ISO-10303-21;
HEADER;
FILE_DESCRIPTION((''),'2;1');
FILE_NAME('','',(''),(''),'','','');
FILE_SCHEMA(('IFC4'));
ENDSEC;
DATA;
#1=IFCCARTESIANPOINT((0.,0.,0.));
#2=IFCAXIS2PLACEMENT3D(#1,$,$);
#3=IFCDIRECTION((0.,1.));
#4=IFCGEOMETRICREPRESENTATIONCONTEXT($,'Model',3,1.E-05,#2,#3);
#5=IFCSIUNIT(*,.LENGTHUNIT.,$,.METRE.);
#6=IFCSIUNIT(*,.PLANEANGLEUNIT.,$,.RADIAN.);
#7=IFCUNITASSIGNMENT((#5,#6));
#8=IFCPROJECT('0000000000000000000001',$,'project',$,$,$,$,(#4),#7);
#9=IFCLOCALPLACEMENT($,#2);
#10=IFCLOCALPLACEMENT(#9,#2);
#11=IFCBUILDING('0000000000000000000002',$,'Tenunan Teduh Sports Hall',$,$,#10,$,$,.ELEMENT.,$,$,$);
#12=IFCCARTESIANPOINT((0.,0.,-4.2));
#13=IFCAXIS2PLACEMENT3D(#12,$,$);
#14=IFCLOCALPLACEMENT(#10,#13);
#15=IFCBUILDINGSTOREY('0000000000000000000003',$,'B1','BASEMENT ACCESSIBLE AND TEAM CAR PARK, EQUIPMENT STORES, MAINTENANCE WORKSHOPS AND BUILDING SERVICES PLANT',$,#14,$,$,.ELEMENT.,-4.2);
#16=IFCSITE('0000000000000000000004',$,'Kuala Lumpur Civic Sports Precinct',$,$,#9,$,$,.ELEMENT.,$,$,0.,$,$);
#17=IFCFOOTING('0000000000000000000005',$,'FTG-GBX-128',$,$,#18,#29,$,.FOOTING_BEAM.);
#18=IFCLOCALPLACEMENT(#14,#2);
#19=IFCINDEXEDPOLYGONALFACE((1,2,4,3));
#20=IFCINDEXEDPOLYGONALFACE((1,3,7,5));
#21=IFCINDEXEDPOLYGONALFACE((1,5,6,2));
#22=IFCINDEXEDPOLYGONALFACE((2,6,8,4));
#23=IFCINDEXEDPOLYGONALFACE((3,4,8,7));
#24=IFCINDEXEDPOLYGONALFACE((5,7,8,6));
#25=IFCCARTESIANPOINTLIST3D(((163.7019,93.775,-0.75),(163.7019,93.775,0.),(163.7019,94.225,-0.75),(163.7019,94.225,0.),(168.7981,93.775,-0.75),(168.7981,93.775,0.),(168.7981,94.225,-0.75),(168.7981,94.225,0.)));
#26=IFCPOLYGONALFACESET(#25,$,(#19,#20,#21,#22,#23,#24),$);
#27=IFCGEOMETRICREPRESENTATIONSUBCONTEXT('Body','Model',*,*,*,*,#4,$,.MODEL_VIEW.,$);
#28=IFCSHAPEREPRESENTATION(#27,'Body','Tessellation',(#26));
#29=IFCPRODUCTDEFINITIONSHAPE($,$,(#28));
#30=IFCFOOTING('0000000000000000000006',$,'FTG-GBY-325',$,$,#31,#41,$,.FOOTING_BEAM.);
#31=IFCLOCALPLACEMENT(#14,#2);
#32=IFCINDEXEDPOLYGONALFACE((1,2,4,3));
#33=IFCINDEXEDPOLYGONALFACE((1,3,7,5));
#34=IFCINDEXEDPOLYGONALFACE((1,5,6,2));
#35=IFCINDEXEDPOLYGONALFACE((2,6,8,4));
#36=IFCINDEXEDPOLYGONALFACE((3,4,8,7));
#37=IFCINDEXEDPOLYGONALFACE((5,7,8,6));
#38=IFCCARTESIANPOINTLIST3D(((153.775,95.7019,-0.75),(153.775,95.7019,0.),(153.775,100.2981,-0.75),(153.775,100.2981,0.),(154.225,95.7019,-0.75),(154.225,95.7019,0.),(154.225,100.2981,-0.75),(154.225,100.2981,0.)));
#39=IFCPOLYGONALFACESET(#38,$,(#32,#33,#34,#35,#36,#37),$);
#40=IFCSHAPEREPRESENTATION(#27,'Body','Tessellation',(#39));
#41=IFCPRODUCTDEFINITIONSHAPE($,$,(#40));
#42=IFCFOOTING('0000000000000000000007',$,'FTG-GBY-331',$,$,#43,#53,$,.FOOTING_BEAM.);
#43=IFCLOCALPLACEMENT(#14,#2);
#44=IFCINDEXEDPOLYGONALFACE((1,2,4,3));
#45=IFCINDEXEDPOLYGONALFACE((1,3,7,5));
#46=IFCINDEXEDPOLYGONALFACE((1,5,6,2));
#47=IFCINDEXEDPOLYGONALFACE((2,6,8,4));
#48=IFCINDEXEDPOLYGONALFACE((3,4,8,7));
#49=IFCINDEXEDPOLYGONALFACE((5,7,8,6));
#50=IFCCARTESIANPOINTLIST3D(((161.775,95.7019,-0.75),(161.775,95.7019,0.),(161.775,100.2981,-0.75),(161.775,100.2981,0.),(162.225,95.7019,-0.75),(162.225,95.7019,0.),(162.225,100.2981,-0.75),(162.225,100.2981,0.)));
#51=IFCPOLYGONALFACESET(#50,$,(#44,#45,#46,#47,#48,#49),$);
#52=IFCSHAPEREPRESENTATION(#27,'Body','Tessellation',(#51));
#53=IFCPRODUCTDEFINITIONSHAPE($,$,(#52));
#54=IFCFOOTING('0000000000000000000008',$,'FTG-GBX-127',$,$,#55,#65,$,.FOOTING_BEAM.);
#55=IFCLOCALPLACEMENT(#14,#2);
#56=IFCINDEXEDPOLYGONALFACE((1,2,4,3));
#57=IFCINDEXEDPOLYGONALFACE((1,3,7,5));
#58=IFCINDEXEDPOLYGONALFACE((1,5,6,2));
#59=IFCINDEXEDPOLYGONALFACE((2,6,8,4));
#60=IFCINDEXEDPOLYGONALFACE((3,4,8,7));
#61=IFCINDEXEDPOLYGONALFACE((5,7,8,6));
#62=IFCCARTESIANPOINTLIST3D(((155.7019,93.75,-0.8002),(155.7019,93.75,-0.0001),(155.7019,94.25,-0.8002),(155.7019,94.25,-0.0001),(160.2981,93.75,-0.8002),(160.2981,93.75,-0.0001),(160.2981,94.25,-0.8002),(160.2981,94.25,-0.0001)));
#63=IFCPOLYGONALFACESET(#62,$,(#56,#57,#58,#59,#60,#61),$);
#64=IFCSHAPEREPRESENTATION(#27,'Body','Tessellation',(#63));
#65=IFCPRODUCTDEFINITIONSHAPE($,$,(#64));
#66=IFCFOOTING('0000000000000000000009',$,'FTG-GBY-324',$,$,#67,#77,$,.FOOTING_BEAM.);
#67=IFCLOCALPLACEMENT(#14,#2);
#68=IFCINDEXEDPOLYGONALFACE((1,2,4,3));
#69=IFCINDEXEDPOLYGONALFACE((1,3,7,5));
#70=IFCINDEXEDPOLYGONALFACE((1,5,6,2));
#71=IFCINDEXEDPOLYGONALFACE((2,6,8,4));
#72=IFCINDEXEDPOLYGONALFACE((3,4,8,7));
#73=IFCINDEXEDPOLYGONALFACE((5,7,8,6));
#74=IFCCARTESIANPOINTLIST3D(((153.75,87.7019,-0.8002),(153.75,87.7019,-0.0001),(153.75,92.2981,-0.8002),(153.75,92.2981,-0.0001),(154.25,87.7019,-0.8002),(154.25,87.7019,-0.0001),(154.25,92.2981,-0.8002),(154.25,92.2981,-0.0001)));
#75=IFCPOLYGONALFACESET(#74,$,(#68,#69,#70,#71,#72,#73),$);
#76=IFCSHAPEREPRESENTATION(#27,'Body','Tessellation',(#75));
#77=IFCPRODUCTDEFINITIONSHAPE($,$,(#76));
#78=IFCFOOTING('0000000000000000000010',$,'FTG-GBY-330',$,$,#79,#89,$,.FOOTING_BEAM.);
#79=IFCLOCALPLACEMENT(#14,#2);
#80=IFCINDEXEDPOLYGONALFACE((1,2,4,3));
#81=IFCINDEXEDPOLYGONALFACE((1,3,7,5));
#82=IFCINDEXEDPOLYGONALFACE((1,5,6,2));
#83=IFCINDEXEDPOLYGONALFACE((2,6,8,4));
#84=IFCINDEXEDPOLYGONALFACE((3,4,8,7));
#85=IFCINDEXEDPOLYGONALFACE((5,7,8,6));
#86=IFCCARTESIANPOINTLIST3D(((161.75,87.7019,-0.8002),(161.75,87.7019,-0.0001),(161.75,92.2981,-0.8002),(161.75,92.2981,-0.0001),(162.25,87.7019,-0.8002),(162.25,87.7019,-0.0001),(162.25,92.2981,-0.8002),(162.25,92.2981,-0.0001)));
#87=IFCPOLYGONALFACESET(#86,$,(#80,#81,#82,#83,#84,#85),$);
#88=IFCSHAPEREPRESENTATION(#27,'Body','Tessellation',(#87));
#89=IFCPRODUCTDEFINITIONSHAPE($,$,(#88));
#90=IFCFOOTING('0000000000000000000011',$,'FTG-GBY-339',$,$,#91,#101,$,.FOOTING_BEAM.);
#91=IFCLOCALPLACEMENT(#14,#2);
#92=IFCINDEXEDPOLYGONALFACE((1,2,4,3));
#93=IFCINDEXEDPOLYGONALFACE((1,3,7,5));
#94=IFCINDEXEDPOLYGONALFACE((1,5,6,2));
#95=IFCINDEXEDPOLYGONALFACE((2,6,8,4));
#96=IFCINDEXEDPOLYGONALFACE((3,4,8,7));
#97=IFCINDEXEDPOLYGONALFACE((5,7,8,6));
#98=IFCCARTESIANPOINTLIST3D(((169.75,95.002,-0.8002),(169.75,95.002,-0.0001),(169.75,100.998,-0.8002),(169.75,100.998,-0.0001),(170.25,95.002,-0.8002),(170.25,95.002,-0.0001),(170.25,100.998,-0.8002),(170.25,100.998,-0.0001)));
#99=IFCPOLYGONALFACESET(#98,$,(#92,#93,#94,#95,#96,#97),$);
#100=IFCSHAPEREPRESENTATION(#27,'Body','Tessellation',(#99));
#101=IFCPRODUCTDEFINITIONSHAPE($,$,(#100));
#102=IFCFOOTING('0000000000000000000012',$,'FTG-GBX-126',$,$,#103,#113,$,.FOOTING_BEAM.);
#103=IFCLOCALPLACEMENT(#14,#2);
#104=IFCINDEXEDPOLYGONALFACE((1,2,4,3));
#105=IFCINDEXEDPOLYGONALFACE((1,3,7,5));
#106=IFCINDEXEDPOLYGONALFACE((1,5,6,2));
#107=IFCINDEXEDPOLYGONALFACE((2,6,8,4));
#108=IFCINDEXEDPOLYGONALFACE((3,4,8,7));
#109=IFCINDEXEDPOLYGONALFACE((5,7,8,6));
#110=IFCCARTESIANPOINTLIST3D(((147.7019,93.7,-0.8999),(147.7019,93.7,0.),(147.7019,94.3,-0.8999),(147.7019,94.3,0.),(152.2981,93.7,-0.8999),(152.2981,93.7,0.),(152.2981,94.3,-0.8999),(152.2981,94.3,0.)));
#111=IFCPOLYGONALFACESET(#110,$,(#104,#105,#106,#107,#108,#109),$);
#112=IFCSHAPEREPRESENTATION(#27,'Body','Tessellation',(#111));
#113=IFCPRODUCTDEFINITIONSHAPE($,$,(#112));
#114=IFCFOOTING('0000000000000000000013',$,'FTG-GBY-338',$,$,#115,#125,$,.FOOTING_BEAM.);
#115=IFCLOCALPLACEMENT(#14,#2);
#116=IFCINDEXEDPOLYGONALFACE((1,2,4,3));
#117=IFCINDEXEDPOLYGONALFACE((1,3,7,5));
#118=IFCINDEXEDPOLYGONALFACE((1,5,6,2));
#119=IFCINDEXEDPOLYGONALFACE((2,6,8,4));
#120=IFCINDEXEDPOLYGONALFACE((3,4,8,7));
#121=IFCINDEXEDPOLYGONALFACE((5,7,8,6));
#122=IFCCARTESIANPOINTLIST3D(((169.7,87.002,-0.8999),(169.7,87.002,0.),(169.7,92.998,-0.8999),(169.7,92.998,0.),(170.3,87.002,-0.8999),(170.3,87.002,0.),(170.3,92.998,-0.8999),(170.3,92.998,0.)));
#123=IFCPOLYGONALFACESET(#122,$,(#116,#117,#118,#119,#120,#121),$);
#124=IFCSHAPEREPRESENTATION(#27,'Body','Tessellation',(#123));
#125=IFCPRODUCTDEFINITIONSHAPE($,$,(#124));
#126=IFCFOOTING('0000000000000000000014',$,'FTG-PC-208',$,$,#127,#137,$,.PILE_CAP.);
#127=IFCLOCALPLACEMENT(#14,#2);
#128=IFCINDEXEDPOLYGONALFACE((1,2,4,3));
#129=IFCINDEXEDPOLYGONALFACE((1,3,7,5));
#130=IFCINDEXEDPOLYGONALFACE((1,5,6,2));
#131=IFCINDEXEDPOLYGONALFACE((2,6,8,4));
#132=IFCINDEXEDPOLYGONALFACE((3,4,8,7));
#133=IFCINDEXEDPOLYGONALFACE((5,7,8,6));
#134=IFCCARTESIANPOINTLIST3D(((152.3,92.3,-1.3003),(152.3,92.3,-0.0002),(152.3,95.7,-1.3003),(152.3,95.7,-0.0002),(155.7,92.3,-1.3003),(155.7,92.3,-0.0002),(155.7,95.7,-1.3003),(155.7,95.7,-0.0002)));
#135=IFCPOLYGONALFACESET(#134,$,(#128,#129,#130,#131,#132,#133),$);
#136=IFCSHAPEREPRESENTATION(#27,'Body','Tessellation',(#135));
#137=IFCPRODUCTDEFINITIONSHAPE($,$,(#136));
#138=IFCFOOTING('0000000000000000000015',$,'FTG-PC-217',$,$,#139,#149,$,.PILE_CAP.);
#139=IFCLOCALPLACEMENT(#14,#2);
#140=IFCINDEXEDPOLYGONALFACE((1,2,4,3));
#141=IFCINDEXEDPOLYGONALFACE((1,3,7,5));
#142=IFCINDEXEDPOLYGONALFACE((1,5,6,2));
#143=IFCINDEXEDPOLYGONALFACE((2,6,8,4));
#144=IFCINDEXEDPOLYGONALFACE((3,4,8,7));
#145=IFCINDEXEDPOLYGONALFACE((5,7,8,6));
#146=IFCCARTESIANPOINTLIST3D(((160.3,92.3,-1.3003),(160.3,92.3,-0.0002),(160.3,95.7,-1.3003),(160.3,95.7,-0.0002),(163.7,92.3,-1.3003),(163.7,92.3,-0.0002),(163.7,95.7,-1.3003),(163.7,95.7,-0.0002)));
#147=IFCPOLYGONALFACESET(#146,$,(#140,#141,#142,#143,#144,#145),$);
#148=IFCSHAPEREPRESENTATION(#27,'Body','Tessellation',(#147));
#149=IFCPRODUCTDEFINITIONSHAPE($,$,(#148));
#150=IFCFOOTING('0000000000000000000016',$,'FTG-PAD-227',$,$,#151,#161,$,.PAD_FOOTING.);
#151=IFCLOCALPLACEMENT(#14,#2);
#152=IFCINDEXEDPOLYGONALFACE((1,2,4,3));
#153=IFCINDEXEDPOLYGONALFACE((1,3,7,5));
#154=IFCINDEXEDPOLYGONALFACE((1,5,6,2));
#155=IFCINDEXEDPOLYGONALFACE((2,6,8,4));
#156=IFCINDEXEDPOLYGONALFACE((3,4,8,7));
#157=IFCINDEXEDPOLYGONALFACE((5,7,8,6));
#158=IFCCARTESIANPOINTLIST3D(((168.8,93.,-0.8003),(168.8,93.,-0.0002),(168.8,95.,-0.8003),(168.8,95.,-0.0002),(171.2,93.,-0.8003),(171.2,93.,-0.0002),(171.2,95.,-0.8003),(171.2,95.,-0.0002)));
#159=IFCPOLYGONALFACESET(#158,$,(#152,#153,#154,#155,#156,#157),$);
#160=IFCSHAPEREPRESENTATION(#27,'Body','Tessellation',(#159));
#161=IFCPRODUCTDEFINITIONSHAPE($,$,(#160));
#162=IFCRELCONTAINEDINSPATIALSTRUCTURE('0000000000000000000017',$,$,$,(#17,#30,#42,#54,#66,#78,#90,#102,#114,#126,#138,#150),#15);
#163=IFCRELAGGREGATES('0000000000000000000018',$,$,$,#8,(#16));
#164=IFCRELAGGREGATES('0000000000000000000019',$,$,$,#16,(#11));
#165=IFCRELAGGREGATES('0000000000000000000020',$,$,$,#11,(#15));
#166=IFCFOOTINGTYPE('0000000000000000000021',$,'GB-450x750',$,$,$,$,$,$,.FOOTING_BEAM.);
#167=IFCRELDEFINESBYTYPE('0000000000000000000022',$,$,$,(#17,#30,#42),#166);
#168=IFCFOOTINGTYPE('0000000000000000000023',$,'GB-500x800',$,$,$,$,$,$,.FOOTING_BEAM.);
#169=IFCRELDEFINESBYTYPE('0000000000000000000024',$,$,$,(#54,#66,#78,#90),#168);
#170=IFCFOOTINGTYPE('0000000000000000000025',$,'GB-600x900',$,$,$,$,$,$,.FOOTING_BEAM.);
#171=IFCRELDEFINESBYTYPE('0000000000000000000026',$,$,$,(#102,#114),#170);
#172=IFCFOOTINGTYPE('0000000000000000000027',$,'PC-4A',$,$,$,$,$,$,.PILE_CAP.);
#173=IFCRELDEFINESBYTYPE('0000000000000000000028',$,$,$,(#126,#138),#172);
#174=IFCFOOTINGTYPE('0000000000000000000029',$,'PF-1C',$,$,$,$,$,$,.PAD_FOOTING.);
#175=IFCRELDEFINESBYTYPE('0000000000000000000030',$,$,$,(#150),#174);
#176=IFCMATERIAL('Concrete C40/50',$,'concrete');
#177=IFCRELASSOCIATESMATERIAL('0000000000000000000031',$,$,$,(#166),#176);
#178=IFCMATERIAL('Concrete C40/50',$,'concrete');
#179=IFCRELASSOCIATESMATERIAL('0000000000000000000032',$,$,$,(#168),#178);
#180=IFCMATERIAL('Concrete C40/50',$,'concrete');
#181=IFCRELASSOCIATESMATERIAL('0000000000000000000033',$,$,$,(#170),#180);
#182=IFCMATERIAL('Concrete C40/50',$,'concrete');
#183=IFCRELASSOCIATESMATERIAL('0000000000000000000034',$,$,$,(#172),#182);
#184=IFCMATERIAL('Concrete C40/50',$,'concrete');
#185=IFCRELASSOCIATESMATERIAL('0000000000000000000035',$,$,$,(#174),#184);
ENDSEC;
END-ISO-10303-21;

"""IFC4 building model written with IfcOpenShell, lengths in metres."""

from ifc_helpers import new_model, si_unit, direction, frame, origin, origin_2d, place, context, subcontext, project, spatial, rectangle, extrude, material, material_profile, profile_set, type_object, element, save


model = new_model("IFC4")

# Units and contexts
model_context = context("Model", 3, precision=1e-05, world=origin(), true_north=direction((0.0, 1.0)))
body_context = subcontext(model_context, "Body", "Model", "MODEL_VIEW")
ifc_project = project(units=[si_unit("LENGTHUNIT", "METRE"), si_unit("PLANEANGLEUNIT", "RADIAN")], contexts=[model_context])

# Site, building, storey
site_placement = place(None, origin())
site = spatial("IfcSite", under=ifc_project, at=site_placement, Name="Kuala Lumpur Civic Sports Precinct", CompositionType="ELEMENT", RefElevation=0.0)
building_placement = place(site_placement, origin())
building = spatial("IfcBuilding", under=site, at=building_placement, Name="Tenunan Teduh Sports Hall", CompositionType="ELEMENT")
storey_placement = place(building_placement, frame((0.0, 0.0, -4.2)))
storey = spatial("IfcBuildingStorey", under=building, at=storey_placement, Name="B1", Description="BASEMENT ACCESSIBLE AND TEAM CAR PARK, EQUIPMENT STORES, MAINTENANCE WORKSHOPS AND BUILDING SERVICES PLANT", CompositionType="ELEMENT", Elevation=-4.2)

# Footings
ifc_material_1 = material(Name="Concrete C40/50", Category="concrete")
ifc_material_profile_1 = material_profile(ifc_material_1, rectangle(XDim=0.45, YDim=0.75, at=origin_2d()), Name="RCB 450x750")
ifc_profile_set_1 = profile_set([ifc_material_profile_1], Name="Concrete C40/50")
footing_type_1 = type_object("IfcFootingType", Name="GB-450x750", PredefinedType="FOOTING_BEAM", material=ifc_profile_set_1)
footing_1_placement = place(storey_placement, frame((163.7019, 94.0, -0.375), z_axis=(1.0, 0.0, 0.0), x_axis=(0.0, 1.0, 0.0)))
element("IfcFooting", 1, at=footing_1_placement, inside=storey, type_object=footing_type_1, Name="FTG-GBX-128", PredefinedType="FOOTING_BEAM", context=body_context, shape_type="SweptSolid", body=[
    extrude(rectangle(XDim=0.45, YDim=0.75, at=origin_2d()), origin(), (0.0, 0.0, 1.0), 5.0962),
])
for number, where, z_axis, x_axis, name in (
    (2, (154.0, 95.7019, -0.375), (0.0, 1.0, 0.0), (-1.0, 0.0, 0.0), "FTG-GBY-325"),
    (3, (162.0, 95.7019, -0.375), (0.0, 1.0, 0.0), (-1.0, 0.0, 0.0), "FTG-GBY-331"),
):
    element("IfcFooting", number, at=place(storey_placement, frame(where, z_axis=z_axis, x_axis=x_axis)), inside=storey, type_object=footing_type_1, Name=name, PredefinedType="FOOTING_BEAM", context=body_context, shape_type="SweptSolid", body=[
        extrude(rectangle(XDim=0.45, YDim=0.75, at=origin_2d()), origin(), (0.0, 0.0, 1.0), 4.5962),
    ])
ifc_material_2 = material(Name="Concrete C40/50", Category="concrete")
ifc_material_profile_2 = material_profile(ifc_material_2, rectangle(XDim=0.5, YDim=0.8, at=origin_2d()), Name="RCB 500x800")
ifc_profile_set_2 = profile_set([ifc_material_profile_2], Name="Concrete C40/50")
footing_type_2 = type_object("IfcFootingType", Name="GB-500x800", PredefinedType="FOOTING_BEAM", material=ifc_profile_set_2)
for number, where, z_axis, x_axis, name in (
    (4, (155.7019, 94.0, -0.4001), (1.0, 0.0, 0.0), (0.0, 1.0, 0.0), "FTG-GBX-127"),
    (5, (154.0, 87.7019, -0.4001), (0.0, 1.0, 0.0), (-1.0, 0.0, 0.0), "FTG-GBY-324"),
    (6, (162.0, 87.7019, -0.4001), (0.0, 1.0, 0.0), (-1.0, 0.0, 0.0), "FTG-GBY-330"),
):
    element("IfcFooting", number, at=place(storey_placement, frame(where, z_axis=z_axis, x_axis=x_axis)), inside=storey, type_object=footing_type_2, Name=name, PredefinedType="FOOTING_BEAM", context=body_context, shape_type="SweptSolid", body=[
        extrude(rectangle(XDim=0.5, YDim=0.8, at=origin_2d()), origin(), (0.0, 0.0, 1.0), 4.5962),
    ])
footing_2_placement = place(storey_placement, frame((170.0, 95.002, -0.4001), z_axis=(0.0, 1.0, 0.0), x_axis=(-1.0, 0.0, 0.0)))
element("IfcFooting", 7, at=footing_2_placement, inside=storey, type_object=footing_type_2, Name="FTG-GBY-339", PredefinedType="FOOTING_BEAM", context=body_context, shape_type="SweptSolid", body=[
    extrude(rectangle(XDim=0.5, YDim=0.8, at=origin_2d()), origin(), (0.0, 0.0, 1.0), 5.9961),
])
ifc_material_3 = material(Name="Concrete C40/50", Category="concrete")
ifc_material_profile_3 = material_profile(ifc_material_3, rectangle(XDim=0.6001, YDim=0.8999, at=origin_2d()), Name="RCB 600x900")
ifc_profile_set_3 = profile_set([ifc_material_profile_3], Name="Concrete C40/50")
footing_type_3 = type_object("IfcFootingType", Name="GB-600x900", PredefinedType="FOOTING_BEAM", material=ifc_profile_set_3)
footing_3_placement = place(storey_placement, frame((147.7019, 94.0, -0.45), z_axis=(1.0, 0.0, 0.0), x_axis=(0.0, 1.0, 0.0)))
element("IfcFooting", 8, at=footing_3_placement, inside=storey, type_object=footing_type_3, Name="FTG-GBX-126", PredefinedType="FOOTING_BEAM", context=body_context, shape_type="SweptSolid", body=[
    extrude(rectangle(XDim=0.6001, YDim=0.8999, at=origin_2d()), origin(), (0.0, 0.0, 1.0), 4.5962),
])
footing_4_placement = place(storey_placement, frame((170.0, 87.002, -0.45), z_axis=(0.0, 1.0, 0.0), x_axis=(-1.0, 0.0, 0.0)))
element("IfcFooting", 9, at=footing_4_placement, inside=storey, type_object=footing_type_3, Name="FTG-GBY-338", PredefinedType="FOOTING_BEAM", context=body_context, shape_type="SweptSolid", body=[
    extrude(rectangle(XDim=0.6001, YDim=0.8999, at=origin_2d()), origin(), (0.0, 0.0, 1.0), 5.9961),
])
ifc_material_4 = material(Name="Concrete C40/50", Category="concrete")
footing_type_4 = type_object("IfcFootingType", Name="PC-4A", PredefinedType="PILE_CAP", material=ifc_material_4)
for number, where, z_axis, x_axis, name in (
    (10, (154.0, 94.0, -1.3003), (0.0, 0.0, 1.0), (1.0, 0.0, 0.0), "FTG-PC-208"),
    (11, (162.0, 94.0, -1.3003), (0.0, 0.0, 1.0), (1.0, 0.0, 0.0), "FTG-PC-217"),
):
    element("IfcFooting", number, at=place(storey_placement, frame(where, z_axis=z_axis, x_axis=x_axis)), inside=storey, type_object=footing_type_4, Name=name, PredefinedType="PILE_CAP", context=body_context, shape_type="SweptSolid", body=[
        extrude(rectangle(XDim=3.3999, YDim=3.3999, at=origin_2d()), origin(), (0.0, 0.0, 1.0), 1.3),
    ])
ifc_material_5 = material(Name="Concrete C40/50", Category="concrete")
footing_type_5 = type_object("IfcFootingType", Name="PF-1C", PredefinedType="PAD_FOOTING", material=ifc_material_5)
footing_5_placement = place(storey_placement, frame((170.0, 94.0, -0.8003), z_axis=(0.0, 0.0, 1.0), x_axis=(1.0, 0.0, 0.0)))
element("IfcFooting", 12, at=footing_5_placement, inside=storey, type_object=footing_type_5, Name="FTG-PAD-227", PredefinedType="PAD_FOOTING", context=body_context, shape_type="SweptSolid", body=[
    extrude(rectangle(XDim=2.3999, YDim=2.0, at=origin_2d()), origin(), (0.0, 0.0, 1.0), 0.8),
])

save(model, "model.ifc")
